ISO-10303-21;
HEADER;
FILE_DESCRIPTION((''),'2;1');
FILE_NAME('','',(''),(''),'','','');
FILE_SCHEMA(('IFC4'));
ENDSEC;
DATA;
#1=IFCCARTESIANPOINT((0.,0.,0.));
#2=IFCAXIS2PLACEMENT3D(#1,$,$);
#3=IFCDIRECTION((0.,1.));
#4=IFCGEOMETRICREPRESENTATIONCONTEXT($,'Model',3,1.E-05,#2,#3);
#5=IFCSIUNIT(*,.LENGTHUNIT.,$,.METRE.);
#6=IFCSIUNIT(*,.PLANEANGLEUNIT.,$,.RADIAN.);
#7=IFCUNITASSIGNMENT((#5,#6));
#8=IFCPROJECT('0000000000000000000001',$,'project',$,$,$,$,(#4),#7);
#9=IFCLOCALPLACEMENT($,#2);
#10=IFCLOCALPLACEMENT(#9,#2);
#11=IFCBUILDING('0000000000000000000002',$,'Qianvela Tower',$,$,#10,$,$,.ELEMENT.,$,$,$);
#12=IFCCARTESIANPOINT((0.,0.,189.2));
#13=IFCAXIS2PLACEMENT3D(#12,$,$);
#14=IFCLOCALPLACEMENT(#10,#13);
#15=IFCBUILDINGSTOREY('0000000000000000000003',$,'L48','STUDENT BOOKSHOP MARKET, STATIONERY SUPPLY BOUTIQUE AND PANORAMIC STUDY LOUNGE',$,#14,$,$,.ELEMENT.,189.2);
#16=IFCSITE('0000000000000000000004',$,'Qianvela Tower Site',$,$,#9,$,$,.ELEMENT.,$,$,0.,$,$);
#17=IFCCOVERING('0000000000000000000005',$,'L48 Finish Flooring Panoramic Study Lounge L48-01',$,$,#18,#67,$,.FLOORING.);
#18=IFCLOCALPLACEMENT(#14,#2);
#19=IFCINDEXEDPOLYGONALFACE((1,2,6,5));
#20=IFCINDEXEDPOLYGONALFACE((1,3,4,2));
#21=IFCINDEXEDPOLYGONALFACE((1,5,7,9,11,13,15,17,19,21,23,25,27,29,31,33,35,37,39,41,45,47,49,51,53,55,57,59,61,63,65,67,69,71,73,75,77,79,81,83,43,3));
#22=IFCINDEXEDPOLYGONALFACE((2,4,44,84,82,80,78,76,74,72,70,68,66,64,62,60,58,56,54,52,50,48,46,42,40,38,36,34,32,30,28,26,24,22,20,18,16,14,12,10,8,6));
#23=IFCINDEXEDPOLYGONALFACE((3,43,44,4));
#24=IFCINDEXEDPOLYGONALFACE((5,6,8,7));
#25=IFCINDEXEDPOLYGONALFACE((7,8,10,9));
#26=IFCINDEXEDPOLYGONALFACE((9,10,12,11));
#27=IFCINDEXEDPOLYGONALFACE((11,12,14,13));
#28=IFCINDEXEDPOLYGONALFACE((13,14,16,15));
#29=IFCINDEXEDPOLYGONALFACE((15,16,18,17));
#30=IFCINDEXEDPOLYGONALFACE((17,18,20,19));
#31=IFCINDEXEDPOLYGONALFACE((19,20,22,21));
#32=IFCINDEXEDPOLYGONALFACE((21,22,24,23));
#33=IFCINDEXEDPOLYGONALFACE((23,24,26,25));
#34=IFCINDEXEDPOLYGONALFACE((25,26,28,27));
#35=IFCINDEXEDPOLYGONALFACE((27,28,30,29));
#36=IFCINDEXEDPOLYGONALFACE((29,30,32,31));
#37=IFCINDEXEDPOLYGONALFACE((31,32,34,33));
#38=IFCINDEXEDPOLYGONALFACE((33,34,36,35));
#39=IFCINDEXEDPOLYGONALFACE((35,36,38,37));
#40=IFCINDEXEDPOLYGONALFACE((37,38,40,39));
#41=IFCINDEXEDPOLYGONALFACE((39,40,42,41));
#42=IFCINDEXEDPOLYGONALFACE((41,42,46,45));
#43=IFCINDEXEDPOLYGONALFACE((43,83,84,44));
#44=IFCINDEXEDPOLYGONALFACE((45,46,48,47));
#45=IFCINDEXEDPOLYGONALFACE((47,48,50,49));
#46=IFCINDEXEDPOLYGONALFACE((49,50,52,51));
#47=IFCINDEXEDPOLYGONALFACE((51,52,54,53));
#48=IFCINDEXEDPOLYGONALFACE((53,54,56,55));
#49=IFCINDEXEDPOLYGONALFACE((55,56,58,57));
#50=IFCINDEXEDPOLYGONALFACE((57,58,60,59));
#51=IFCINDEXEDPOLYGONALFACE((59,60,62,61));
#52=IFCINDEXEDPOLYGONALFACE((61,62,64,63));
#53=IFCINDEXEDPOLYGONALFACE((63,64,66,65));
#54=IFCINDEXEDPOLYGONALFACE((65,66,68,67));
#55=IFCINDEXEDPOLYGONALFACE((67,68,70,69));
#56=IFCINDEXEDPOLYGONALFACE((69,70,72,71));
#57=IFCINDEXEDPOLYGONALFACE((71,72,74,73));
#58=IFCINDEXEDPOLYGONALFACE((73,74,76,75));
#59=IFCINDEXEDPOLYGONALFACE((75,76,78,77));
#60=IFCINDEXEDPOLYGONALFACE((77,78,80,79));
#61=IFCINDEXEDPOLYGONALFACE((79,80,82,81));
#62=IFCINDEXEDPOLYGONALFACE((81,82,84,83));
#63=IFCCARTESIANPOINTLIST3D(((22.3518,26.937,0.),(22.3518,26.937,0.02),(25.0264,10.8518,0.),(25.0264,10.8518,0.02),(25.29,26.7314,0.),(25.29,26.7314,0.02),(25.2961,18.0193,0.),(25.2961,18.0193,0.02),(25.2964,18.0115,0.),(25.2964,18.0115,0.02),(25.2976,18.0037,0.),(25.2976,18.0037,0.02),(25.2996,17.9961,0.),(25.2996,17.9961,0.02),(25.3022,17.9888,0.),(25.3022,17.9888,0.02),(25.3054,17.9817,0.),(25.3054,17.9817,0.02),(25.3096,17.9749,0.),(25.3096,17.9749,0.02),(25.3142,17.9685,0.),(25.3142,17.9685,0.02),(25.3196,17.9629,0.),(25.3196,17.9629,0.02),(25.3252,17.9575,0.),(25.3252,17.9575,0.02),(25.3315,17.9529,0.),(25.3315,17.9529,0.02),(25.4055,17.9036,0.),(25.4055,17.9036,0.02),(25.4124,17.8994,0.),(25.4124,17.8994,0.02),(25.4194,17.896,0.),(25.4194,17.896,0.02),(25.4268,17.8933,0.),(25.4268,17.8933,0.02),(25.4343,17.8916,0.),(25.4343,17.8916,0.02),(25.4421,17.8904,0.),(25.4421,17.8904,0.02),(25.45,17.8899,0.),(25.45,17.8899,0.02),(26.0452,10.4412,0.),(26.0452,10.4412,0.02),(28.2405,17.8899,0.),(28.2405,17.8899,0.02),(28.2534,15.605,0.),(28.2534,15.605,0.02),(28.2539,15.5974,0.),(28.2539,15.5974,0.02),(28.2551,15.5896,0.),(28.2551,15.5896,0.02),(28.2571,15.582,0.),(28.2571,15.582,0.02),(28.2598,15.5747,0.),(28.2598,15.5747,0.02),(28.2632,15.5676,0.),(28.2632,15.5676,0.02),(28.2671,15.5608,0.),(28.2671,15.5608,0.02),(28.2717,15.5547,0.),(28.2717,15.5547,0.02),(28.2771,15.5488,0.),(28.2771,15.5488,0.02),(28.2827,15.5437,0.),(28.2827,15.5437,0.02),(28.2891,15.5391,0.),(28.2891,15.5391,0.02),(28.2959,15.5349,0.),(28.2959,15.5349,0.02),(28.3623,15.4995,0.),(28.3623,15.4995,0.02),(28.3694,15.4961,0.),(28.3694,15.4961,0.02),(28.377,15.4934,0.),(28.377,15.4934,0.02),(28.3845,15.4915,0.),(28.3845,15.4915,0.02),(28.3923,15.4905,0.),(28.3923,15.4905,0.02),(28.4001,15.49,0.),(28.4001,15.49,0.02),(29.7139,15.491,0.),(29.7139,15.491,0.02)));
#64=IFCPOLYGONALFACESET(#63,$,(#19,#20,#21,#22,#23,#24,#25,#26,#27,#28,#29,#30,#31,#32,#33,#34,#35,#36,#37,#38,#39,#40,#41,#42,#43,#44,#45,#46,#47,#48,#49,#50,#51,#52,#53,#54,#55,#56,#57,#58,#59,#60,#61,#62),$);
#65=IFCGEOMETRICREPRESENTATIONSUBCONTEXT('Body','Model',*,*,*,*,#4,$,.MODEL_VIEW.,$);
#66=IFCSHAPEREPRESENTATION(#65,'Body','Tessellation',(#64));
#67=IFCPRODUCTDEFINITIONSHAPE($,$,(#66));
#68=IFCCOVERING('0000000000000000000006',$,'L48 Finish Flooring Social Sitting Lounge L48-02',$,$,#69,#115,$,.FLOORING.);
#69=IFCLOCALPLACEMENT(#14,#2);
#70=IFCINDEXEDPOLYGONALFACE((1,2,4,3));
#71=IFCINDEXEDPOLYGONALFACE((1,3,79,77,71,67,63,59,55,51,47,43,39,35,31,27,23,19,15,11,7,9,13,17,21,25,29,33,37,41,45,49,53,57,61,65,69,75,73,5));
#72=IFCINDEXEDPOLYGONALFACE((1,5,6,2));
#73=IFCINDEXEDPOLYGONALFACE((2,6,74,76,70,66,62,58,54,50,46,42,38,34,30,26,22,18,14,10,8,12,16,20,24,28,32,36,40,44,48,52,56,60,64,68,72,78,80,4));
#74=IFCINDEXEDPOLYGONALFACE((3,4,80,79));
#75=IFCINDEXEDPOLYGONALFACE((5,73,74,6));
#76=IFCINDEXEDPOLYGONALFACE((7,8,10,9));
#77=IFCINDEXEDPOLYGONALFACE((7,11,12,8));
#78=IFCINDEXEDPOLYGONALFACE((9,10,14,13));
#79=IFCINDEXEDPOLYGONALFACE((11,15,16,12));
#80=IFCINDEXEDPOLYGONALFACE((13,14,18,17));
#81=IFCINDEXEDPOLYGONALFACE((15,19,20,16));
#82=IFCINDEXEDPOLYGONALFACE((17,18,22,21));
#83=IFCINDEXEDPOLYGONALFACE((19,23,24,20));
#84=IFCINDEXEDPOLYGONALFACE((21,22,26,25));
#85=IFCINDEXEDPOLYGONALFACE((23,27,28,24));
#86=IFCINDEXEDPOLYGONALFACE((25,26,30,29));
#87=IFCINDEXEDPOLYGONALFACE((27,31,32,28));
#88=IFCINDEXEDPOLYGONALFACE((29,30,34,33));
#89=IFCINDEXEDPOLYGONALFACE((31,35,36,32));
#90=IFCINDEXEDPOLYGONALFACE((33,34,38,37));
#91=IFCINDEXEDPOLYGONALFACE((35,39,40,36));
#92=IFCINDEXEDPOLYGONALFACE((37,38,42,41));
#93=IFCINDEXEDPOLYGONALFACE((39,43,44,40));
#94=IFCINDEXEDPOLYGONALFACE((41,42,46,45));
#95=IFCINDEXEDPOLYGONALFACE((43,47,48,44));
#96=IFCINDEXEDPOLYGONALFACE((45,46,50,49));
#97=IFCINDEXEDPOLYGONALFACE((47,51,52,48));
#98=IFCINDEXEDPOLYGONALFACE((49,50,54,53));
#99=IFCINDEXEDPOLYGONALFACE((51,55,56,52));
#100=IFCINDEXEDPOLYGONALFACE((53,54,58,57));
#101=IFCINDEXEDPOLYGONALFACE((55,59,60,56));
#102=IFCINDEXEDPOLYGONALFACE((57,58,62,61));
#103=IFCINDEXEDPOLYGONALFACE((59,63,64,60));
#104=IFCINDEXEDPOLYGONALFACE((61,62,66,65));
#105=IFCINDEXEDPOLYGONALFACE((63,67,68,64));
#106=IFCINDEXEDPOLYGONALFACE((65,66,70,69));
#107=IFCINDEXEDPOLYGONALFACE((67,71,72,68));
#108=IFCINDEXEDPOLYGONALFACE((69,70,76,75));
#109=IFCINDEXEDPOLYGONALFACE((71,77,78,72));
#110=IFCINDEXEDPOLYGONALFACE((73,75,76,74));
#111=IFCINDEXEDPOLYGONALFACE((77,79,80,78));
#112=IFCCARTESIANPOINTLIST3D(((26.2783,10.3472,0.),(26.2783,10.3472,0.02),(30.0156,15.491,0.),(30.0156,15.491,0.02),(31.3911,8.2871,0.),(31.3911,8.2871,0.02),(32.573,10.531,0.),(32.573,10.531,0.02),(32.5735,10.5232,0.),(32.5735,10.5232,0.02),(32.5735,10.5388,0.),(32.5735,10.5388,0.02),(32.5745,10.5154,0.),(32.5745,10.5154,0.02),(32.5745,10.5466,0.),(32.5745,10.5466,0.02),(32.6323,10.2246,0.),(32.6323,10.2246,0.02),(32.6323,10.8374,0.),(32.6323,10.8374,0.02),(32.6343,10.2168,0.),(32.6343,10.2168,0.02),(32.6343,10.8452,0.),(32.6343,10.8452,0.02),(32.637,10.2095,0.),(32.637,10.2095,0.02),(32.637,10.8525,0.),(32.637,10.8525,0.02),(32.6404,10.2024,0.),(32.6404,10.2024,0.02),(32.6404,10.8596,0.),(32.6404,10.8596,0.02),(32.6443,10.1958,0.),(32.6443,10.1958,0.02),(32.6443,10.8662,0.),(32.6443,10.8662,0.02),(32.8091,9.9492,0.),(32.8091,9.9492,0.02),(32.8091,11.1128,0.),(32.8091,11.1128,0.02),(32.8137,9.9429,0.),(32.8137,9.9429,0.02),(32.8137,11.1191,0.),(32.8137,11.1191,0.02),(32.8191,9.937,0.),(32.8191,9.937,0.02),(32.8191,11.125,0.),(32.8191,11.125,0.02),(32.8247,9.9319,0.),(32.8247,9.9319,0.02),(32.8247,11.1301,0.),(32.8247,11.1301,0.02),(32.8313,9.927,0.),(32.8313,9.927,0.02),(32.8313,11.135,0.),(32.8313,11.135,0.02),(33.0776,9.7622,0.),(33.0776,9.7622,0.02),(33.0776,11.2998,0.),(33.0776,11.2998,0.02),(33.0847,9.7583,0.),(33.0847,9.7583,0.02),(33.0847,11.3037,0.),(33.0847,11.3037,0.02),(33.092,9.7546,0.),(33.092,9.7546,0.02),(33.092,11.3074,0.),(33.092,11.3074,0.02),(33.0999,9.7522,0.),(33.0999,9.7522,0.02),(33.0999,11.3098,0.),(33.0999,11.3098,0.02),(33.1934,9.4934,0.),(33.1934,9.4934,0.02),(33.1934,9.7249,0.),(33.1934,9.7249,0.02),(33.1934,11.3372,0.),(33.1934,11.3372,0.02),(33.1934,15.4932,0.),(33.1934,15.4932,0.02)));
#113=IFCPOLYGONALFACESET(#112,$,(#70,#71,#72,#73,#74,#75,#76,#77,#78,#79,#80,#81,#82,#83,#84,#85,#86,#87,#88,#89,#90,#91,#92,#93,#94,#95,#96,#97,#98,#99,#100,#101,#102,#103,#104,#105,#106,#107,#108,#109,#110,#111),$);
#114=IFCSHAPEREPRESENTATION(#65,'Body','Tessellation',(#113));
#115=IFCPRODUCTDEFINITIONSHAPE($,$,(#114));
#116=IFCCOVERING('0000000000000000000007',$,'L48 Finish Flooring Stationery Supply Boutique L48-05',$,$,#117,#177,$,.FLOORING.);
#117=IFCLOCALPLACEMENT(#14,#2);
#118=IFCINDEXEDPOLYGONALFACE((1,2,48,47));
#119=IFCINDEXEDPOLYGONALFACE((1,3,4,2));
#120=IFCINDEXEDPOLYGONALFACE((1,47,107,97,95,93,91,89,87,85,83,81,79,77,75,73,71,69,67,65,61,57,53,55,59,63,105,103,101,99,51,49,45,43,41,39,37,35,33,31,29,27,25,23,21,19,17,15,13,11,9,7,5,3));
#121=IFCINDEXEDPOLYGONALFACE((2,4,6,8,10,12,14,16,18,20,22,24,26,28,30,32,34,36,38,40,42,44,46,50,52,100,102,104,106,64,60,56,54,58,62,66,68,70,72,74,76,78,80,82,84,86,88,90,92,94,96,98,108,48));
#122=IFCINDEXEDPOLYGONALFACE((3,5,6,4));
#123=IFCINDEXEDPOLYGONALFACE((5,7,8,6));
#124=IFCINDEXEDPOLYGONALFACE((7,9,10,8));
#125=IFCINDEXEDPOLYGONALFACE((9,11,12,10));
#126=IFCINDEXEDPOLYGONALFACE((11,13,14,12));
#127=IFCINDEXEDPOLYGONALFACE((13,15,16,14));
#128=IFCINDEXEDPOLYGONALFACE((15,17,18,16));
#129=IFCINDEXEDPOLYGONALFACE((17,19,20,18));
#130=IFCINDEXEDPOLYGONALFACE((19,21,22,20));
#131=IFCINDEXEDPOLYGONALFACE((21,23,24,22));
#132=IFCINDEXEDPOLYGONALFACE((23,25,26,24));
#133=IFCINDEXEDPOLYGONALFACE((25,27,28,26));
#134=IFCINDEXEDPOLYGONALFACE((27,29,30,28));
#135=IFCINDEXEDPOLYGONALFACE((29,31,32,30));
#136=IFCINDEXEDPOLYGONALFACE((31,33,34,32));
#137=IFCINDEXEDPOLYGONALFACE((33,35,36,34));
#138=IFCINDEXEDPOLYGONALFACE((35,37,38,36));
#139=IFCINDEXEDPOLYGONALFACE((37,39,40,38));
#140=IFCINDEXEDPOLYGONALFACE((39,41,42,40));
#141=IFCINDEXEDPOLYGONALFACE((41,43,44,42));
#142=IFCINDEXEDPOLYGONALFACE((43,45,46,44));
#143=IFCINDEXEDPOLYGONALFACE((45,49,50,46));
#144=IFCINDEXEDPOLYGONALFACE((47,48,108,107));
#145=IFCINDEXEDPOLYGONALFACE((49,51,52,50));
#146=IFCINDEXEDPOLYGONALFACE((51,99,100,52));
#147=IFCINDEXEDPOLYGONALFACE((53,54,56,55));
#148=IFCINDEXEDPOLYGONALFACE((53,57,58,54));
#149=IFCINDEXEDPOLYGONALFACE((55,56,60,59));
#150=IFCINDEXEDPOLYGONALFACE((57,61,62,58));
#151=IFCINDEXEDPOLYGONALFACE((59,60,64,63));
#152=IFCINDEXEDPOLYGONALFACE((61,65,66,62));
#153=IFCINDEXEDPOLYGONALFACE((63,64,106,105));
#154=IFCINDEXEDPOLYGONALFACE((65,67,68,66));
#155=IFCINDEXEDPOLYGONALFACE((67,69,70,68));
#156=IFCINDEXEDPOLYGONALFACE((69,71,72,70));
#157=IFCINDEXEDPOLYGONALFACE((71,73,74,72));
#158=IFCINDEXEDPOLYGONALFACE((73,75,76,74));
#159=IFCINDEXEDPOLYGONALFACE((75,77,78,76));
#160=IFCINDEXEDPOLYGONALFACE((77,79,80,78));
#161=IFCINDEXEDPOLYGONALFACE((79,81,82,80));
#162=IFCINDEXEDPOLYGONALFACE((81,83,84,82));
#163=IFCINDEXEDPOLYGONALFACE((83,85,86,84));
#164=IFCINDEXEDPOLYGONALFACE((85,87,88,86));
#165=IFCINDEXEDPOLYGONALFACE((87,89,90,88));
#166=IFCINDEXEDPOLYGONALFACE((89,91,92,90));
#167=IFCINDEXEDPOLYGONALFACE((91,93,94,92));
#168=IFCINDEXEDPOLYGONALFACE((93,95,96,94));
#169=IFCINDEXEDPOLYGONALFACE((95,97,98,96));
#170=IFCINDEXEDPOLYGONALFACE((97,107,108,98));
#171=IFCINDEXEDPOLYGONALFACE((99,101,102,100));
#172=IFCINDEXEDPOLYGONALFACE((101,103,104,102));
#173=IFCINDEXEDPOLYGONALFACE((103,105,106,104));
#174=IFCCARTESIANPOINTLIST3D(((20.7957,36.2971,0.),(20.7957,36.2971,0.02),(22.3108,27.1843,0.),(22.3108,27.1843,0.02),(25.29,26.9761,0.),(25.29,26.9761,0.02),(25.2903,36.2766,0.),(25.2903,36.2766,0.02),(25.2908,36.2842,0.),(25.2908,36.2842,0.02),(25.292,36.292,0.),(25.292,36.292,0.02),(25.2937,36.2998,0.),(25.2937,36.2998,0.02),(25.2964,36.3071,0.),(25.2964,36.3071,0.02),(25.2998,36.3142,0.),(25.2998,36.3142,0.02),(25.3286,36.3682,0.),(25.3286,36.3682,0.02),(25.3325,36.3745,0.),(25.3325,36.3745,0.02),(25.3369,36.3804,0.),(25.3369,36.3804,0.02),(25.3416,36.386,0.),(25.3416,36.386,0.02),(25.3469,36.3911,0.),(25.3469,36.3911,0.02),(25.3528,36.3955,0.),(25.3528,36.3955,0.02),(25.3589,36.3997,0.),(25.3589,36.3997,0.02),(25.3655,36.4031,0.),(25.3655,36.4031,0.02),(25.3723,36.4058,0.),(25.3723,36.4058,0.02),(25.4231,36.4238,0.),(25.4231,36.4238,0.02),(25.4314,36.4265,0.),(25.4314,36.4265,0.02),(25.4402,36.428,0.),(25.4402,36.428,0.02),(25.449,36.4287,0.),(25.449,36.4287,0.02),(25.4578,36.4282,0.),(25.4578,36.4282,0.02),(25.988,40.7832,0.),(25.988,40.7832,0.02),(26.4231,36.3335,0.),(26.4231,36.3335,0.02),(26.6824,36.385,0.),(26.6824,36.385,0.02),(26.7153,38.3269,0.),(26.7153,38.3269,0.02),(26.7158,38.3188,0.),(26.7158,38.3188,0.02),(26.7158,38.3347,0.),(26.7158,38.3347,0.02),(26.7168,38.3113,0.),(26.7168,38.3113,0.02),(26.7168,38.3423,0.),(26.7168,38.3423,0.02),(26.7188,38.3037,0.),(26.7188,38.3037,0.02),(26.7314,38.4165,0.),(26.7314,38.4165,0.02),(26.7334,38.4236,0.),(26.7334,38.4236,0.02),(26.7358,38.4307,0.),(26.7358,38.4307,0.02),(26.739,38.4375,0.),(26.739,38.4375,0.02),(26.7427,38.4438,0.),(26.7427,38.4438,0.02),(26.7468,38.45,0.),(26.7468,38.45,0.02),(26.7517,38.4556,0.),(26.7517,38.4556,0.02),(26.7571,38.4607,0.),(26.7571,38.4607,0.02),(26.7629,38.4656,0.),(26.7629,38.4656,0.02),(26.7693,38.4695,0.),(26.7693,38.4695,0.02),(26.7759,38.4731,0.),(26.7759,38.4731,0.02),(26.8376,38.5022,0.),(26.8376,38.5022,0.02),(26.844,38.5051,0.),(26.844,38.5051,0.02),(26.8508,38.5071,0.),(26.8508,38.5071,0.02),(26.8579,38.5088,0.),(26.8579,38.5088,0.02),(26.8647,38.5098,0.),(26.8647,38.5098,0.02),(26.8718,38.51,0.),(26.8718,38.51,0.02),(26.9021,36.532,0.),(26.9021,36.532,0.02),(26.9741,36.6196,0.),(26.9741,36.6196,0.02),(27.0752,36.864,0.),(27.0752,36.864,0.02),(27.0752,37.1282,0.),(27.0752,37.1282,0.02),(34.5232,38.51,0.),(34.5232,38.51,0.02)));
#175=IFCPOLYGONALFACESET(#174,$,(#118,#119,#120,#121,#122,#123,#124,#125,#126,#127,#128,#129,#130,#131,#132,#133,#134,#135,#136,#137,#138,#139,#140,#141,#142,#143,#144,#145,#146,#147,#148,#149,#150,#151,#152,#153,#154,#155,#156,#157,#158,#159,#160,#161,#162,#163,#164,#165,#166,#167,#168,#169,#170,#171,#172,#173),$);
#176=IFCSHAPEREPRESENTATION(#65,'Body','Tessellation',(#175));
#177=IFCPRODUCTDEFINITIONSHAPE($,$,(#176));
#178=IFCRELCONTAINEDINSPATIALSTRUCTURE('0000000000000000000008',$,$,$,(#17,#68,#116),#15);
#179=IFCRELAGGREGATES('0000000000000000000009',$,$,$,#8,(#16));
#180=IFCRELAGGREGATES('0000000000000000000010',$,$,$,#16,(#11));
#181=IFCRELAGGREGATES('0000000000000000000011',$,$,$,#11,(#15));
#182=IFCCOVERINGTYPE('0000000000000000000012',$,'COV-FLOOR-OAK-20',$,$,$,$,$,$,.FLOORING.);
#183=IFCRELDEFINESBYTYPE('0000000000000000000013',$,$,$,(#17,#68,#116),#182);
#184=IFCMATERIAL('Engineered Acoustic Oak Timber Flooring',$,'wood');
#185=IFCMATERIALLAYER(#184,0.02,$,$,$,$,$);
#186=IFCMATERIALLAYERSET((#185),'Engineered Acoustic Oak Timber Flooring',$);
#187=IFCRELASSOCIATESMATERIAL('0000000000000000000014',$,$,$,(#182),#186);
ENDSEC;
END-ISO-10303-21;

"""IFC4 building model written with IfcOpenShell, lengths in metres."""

from ifc_helpers import new_model, si_unit, direction, frame, origin, place, context, subcontext, project, spatial, polyline, outline, extrude, material, layer, layer_set, type_object, element, save


model = new_model("IFC4")

# Units and contexts
model_context = context("Model", 3, precision=1e-05, world=origin(), true_north=direction((0.0, 1.0)))
body_context = subcontext(model_context, "Body", "Model", "MODEL_VIEW")
ifc_project = project(units=[si_unit("LENGTHUNIT", "METRE"), si_unit("PLANEANGLEUNIT", "RADIAN")], contexts=[model_context])

# Site, building, storey
site_placement = place(None, origin())
site = spatial("IfcSite", under=ifc_project, at=site_placement, Name="Qianvela Tower Site", CompositionType="ELEMENT", RefElevation=0.0)
building_placement = place(site_placement, origin())
building = spatial("IfcBuilding", under=site, at=building_placement, Name="Qianvela Tower", CompositionType="ELEMENT")
storey_placement = place(building_placement, frame((0.0, 0.0, 189.2)))
storey = spatial("IfcBuildingStorey", under=building, at=storey_placement, Name="L48", Description="STUDENT BOOKSHOP MARKET, STATIONERY SUPPLY BOUTIQUE AND PANORAMIC STUDY LOUNGE", CompositionType="ELEMENT", Elevation=189.2)

# Coverings
ifc_material_1 = material(Name="Engineered Acoustic Oak Timber Flooring", Category="wood")
ifc_layer_1 = layer(ifc_material_1, 0.02)
ifc_layer_set_1 = layer_set([ifc_layer_1], Name="Engineered Acoustic Oak Timber Flooring")
covering_type_1 = type_object("IfcCoveringType", Name="COV-FLOOR-OAK-20", PredefinedType="FLOORING", material=ifc_layer_set_1)
covering_1_placement = place(storey_placement, origin())
element("IfcCovering", 1, at=covering_1_placement, inside=storey, type_object=covering_type_1, Name="L48 Finish Flooring Panoramic Study Lounge L48-01", PredefinedType="FLOORING", context=body_context, shape_type="SweptSolid", body=[
    extrude(outline(polyline([(22.3518, 26.937), (25.29, 26.7314), (25.2961, 18.0193), (25.2964, 18.0115), (25.2976, 18.0037), (25.2996, 17.9961), (25.3022, 17.9888), (25.3054, 17.9817), (25.3096, 17.9749), (25.3142, 17.9685), (25.3196, 17.9629), (25.3252, 17.9575), (25.3315, 17.9529), (25.4055, 17.9036), (25.4124, 17.8994), (25.4194, 17.896), (25.4268, 17.8933), (25.4343, 17.8916), (25.4421, 17.8904), (25.45, 17.8899), (28.2405, 17.8899), (28.2534, 15.605), (28.2539, 15.5974), (28.2551, 15.5896), (28.2571, 15.582), (28.2598, 15.5747), (28.2632, 15.5676), (28.2671, 15.5608), (28.2717, 15.5547), (28.2771, 15.5488), (28.2827, 15.5437), (28.2891, 15.5391), (28.2959, 15.5349), (28.3623, 15.4995), (28.3694, 15.4961), (28.377, 15.4934), (28.3845, 15.4915), (28.3923, 15.4905), (28.4001, 15.49), (29.7139, 15.491), (26.0452, 10.4412), (25.0264, 10.8518), (22.3518, 26.937)])), origin(), (0.0, 0.0, 1.0), 0.02),
])
covering_2_placement = place(storey_placement, origin())
element("IfcCovering", 2, at=covering_2_placement, inside=storey, type_object=covering_type_1, Name="L48 Finish Flooring Social Sitting Lounge L48-02", PredefinedType="FLOORING", context=body_context, shape_type="SweptSolid", body=[
    extrude(outline(polyline([(33.1934, 11.3372), (33.0999, 11.3098), (33.092, 11.3074), (33.0847, 11.3037), (33.0776, 11.2998), (32.8313, 11.135), (32.8247, 11.1301), (32.8191, 11.125), (32.8137, 11.1191), (32.8091, 11.1128), (32.6443, 10.8662), (32.6404, 10.8596), (32.637, 10.8525), (32.6343, 10.8452), (32.6323, 10.8374), (32.5745, 10.5466), (32.5735, 10.5388), (32.573, 10.531), (32.5735, 10.5232), (32.5745, 10.5154), (32.6323, 10.2246), (32.6343, 10.2168), (32.637, 10.2095), (32.6404, 10.2024), (32.6443, 10.1958), (32.8091, 9.9492), (32.8137, 9.9429), (32.8191, 9.937), (32.8247, 9.9319), (32.8313, 9.927), (33.0776, 9.7622), (33.0847, 9.7583), (33.092, 9.7546), (33.0999, 9.7522), (33.1934, 9.7249), (33.1934, 9.4934), (31.3911, 8.2871), (26.2783, 10.3472), (30.0156, 15.491), (33.1934, 15.4932), (33.1934, 11.3372)])), origin(), (0.0, 0.0, 1.0), 0.02),
])
covering_3_placement = place(storey_placement, origin())
element("IfcCovering", 3, at=covering_3_placement, inside=storey, type_object=covering_type_1, Name="L48 Finish Flooring Stationery Supply Boutique L48-05", PredefinedType="FLOORING", context=body_context, shape_type="SweptSolid", body=[
    extrude(outline(polyline([(25.988, 40.7832), (34.5232, 38.51), (26.8718, 38.51), (26.8647, 38.5098), (26.8579, 38.5088), (26.8508, 38.5071), (26.844, 38.5051), (26.8376, 38.5022), (26.7759, 38.4731), (26.7693, 38.4695), (26.7629, 38.4656), (26.7571, 38.4607), (26.7517, 38.4556), (26.7468, 38.45), (26.7427, 38.4438), (26.739, 38.4375), (26.7358, 38.4307), (26.7334, 38.4236), (26.7314, 38.4165), (26.7168, 38.3423), (26.7158, 38.3347), (26.7153, 38.3269), (26.7158, 38.3188), (26.7168, 38.3113), (26.7188, 38.3037), (27.0752, 37.1282), (27.0752, 36.864), (26.9741, 36.6196), (26.9021, 36.532), (26.6824, 36.385), (26.4231, 36.3335), (25.4578, 36.4282), (25.449, 36.4287), (25.4402, 36.428), (25.4314, 36.4265), (25.4231, 36.4238), (25.3723, 36.4058), (25.3655, 36.4031), (25.3589, 36.3997), (25.3528, 36.3955), (25.3469, 36.3911), (25.3416, 36.386), (25.3369, 36.3804), (25.3325, 36.3745), (25.3286, 36.3682), (25.2998, 36.3142), (25.2964, 36.3071), (25.2937, 36.2998), (25.292, 36.292), (25.2908, 36.2842), (25.2903, 36.2766), (25.29, 26.9761), (22.3108, 27.1843), (20.7957, 36.2971), (25.988, 40.7832)])), origin(), (0.0, 0.0, 1.0), 0.02),
])

save(model, "model.ifc")
